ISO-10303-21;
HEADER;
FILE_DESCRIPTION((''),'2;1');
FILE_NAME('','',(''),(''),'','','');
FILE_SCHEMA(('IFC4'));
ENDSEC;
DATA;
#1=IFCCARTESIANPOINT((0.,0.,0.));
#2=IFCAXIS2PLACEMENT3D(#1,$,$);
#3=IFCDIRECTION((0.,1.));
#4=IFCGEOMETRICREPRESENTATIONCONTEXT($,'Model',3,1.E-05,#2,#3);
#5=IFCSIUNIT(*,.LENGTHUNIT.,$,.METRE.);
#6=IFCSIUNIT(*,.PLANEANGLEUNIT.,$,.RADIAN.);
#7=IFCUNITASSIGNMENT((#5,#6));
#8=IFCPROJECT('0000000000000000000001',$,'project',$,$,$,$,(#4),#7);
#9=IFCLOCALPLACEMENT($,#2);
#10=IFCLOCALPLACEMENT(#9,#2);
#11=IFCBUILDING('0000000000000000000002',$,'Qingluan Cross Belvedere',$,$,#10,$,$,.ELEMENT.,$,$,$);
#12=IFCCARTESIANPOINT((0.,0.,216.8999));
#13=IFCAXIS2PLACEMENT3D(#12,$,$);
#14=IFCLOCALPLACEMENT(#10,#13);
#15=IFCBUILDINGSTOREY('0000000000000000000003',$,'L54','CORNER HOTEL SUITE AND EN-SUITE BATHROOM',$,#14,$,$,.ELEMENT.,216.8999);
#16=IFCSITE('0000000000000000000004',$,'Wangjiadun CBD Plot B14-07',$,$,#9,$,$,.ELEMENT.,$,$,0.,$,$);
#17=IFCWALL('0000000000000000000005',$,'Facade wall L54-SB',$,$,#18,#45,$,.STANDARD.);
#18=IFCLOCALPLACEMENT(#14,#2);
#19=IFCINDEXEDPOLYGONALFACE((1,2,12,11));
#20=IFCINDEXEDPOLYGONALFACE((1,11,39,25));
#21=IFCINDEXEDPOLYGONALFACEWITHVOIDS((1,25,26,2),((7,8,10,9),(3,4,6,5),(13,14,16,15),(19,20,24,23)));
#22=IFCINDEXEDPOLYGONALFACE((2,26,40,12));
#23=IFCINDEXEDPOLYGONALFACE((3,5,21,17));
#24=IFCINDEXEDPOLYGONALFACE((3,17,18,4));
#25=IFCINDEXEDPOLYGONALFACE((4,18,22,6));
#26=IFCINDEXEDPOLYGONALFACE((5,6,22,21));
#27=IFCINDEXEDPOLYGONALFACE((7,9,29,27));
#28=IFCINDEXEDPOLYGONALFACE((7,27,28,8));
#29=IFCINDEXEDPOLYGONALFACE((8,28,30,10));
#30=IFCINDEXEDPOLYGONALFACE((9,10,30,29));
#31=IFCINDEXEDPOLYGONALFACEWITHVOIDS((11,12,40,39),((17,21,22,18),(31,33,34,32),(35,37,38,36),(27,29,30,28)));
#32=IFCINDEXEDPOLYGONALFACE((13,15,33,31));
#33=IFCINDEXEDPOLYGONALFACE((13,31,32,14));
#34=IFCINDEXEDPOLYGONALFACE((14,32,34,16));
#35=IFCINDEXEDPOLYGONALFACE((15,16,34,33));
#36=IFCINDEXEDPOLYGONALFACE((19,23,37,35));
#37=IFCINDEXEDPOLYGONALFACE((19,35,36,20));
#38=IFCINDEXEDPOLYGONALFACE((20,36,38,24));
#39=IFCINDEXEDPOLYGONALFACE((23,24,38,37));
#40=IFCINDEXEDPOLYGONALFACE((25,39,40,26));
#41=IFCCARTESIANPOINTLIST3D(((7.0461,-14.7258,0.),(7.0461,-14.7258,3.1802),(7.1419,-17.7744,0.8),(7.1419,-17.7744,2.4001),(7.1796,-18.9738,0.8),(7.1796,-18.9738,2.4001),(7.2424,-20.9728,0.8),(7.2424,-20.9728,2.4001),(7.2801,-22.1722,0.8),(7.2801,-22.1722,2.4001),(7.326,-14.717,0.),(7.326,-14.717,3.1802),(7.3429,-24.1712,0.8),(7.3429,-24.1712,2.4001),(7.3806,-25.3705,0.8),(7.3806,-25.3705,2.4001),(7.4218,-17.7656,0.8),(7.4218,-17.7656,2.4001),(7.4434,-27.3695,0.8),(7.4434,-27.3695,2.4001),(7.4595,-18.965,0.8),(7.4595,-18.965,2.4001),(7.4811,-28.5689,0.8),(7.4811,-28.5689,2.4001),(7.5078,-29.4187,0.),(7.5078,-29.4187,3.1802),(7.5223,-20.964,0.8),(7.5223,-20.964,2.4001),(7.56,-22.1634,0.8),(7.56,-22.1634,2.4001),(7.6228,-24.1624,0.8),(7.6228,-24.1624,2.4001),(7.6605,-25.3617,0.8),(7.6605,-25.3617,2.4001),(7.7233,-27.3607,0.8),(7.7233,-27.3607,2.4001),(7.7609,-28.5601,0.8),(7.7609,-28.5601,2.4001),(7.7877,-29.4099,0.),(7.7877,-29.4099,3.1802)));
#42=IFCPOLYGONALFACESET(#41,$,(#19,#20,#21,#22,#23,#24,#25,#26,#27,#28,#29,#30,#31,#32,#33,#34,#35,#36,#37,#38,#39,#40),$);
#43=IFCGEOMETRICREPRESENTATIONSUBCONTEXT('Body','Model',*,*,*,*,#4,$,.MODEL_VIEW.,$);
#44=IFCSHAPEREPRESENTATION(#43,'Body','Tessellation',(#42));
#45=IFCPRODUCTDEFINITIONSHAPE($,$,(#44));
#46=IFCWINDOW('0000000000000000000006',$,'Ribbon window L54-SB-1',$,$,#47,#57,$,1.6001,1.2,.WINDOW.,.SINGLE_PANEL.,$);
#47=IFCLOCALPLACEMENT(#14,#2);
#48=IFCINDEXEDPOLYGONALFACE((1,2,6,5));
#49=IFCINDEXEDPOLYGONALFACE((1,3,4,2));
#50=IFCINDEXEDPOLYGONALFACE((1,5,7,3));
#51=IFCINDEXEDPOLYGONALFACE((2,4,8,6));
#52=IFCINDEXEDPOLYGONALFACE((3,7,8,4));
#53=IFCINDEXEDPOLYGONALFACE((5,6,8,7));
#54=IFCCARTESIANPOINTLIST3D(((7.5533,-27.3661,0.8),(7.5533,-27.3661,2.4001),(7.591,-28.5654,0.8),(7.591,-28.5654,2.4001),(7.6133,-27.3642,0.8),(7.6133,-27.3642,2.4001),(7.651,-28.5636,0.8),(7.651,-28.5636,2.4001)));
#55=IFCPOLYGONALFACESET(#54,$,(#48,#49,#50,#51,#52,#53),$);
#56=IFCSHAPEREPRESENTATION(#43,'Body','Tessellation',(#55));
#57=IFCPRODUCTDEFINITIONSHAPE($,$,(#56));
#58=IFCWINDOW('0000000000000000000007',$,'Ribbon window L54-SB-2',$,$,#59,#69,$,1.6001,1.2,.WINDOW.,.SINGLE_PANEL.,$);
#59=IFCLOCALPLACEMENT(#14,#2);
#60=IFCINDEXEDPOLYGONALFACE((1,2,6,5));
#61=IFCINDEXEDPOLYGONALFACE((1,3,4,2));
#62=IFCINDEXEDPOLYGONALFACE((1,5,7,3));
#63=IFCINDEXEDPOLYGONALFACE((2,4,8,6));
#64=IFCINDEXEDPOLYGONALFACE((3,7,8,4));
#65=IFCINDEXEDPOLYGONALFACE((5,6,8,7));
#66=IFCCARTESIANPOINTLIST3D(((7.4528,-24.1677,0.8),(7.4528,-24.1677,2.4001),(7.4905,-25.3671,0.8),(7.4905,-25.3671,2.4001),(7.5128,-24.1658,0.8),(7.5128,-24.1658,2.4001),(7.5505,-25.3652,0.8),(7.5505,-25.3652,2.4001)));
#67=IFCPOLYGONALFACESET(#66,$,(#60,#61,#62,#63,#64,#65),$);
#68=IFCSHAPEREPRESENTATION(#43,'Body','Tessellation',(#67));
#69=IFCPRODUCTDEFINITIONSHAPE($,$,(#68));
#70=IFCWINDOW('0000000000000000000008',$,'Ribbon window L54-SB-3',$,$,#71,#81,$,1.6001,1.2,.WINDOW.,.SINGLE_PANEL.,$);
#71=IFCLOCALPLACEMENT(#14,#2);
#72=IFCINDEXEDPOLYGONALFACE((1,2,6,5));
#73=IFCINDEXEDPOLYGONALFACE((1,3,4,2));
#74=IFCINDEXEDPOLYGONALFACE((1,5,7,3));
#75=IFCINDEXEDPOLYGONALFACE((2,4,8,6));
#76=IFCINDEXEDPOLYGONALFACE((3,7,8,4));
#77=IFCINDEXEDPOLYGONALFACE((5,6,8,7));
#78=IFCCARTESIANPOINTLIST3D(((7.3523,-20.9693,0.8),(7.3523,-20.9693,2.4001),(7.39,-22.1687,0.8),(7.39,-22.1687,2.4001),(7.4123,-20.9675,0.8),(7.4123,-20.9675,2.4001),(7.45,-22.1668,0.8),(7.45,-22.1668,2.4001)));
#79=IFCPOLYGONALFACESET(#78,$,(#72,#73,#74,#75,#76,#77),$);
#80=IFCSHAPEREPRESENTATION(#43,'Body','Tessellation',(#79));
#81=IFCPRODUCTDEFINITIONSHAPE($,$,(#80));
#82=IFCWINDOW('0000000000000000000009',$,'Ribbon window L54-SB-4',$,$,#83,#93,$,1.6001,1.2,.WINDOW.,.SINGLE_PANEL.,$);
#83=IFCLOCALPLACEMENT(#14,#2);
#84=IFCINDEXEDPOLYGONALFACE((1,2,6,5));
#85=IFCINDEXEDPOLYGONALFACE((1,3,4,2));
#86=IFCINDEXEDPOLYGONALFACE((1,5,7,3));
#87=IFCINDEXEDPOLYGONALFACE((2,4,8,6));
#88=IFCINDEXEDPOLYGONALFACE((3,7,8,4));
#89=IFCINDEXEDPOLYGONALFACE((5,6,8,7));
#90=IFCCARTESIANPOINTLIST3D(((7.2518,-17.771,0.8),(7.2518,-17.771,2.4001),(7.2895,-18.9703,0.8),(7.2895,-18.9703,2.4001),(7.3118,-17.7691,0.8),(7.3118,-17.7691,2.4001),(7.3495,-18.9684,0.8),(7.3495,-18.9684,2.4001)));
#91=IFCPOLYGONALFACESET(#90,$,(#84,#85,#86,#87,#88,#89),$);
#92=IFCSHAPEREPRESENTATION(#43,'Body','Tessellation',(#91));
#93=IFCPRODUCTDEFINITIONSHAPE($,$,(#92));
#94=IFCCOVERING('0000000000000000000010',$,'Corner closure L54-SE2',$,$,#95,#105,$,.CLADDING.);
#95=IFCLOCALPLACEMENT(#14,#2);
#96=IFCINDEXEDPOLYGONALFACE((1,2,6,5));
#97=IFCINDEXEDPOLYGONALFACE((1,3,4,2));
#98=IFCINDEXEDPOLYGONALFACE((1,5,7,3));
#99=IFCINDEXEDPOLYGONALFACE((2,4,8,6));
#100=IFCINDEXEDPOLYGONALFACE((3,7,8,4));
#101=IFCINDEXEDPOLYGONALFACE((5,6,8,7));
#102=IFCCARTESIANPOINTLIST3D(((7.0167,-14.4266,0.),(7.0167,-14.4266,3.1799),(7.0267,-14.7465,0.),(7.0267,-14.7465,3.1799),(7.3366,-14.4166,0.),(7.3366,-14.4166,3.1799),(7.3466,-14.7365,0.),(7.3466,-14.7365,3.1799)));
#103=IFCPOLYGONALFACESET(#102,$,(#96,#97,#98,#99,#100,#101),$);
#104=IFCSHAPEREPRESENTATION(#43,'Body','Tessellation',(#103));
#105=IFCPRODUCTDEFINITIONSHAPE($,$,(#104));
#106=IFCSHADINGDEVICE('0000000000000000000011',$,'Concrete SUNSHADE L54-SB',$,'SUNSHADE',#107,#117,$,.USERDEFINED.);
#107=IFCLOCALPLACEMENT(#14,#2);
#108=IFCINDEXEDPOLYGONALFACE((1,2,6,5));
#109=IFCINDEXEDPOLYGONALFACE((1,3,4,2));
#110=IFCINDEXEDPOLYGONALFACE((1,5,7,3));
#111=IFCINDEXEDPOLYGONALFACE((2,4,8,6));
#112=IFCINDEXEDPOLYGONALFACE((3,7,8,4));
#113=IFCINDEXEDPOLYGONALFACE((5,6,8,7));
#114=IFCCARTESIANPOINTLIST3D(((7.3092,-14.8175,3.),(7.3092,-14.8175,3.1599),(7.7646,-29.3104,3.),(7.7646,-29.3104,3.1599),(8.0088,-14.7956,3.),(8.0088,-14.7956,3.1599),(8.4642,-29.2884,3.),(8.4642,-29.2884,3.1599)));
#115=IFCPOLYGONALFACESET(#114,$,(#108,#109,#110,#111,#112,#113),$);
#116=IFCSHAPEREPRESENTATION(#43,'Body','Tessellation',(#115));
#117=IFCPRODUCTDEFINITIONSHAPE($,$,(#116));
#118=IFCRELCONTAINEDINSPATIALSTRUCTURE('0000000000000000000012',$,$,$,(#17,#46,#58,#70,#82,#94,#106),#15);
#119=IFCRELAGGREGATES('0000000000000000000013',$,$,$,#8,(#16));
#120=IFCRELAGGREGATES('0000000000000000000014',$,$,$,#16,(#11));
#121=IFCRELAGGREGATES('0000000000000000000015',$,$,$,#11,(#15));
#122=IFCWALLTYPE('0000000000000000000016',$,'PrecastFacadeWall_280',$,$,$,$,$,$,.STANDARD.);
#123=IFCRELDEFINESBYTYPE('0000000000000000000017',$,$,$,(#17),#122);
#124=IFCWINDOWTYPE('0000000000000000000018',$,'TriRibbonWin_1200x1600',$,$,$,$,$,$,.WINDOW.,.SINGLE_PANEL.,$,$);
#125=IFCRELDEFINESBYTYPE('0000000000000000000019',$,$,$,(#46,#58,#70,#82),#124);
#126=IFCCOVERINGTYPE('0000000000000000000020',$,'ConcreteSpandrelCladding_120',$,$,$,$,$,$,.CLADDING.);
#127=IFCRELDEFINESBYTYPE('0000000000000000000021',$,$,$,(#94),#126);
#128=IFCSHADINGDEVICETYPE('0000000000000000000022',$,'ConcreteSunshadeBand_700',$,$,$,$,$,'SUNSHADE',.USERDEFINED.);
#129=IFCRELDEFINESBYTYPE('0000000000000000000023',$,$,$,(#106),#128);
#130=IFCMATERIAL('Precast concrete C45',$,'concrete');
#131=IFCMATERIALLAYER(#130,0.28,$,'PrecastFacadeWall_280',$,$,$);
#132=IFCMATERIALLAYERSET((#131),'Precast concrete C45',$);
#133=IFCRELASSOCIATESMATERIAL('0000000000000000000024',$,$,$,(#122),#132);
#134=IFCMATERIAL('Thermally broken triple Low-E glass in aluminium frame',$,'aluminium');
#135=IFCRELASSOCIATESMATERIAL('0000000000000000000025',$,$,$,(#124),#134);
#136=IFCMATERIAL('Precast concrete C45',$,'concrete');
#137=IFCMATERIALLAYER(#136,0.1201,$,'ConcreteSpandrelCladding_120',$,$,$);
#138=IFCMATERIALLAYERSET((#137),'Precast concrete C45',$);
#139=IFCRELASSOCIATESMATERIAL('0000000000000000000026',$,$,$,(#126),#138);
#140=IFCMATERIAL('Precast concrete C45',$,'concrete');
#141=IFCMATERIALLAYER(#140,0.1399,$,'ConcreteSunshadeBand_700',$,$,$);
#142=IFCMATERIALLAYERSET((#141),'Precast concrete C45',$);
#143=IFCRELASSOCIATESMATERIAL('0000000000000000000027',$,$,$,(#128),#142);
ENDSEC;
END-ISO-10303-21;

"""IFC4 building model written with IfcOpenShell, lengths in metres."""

from ifc_helpers import new_model, si_unit, direction, frame, frame_2d, origin, origin_2d, place, context, subcontext, project, spatial, rectangle, extrude, material, layer, layer_set, type_object, element, fill, save


model = new_model("IFC4")

# Units and contexts
model_context = context("Model", 3, precision=1e-05, world=origin(), true_north=direction((0.0, 1.0)))
body_context = subcontext(model_context, "Body", "Model", "MODEL_VIEW")
ifc_project = project(units=[si_unit("LENGTHUNIT", "METRE"), si_unit("PLANEANGLEUNIT", "RADIAN")], contexts=[model_context])

# Site, building, storey
site_placement = place(None, origin())
site = spatial("IfcSite", under=ifc_project, at=site_placement, Name="Wangjiadun CBD Plot B14-07", CompositionType="ELEMENT", RefElevation=0.0)
building_placement = place(site_placement, origin())
building = spatial("IfcBuilding", under=site, at=building_placement, Name="Qingluan Cross Belvedere", CompositionType="ELEMENT")
storey_placement = place(building_placement, frame((0.0, 0.0, 216.8999)))
storey = spatial("IfcBuildingStorey", under=building, at=storey_placement, Name="L54", Description="CORNER HOTEL SUITE AND EN-SUITE BATHROOM", CompositionType="ELEMENT", Elevation=216.8999)

# Wall, openings, windows
ifc_material_1 = material(Name="Precast concrete C45", Category="concrete")
ifc_layer_1 = layer(ifc_material_1, 0.28, Name="PrecastFacadeWall_280")
ifc_layer_set_1 = layer_set([ifc_layer_1], Name="Precast concrete C45")
wall_type_1 = type_object("IfcWallType", Name="PrecastFacadeWall_280", PredefinedType="STANDARD", material=ifc_layer_set_1)
wall_1_placement = place(storey_placement, frame((7.6477, -29.4143, 0.0), z_axis=(0.0, 0.0, 1.0), x_axis=(-0.031406, 0.999507, 0.0)))
wall_1 = element("IfcWall", 1, at=wall_1_placement, inside=storey, type_object=wall_type_1, Name="Facade wall L54-SB", PredefinedType="STANDARD", context=body_context, shape_type="SweptSolid", body=[
    extrude(rectangle(XDim=14.7002, YDim=0.28, at=frame_2d((7.3501, 0.0))), origin(), (0.0, 0.0, 1.0), 3.1802),
])
opening_1_placement = place(wall_1_placement, frame((0.8501, 0.0, 0.8)))
opening_1 = element("IfcOpeningElement", 2, at=opening_1_placement, cuts=wall_1, PredefinedType="OPENING", context=body_context, shape_type="SweptSolid", body=[
    extrude(rectangle(XDim=1.2, YDim=1.6001, at=frame_2d((0.6001, 0.8))), frame((0.0, 0.1499, 0.0), z_axis=(0.0, -1.0, 0.0), x_axis=(1.0, 0.0, 0.0)), (0.0, 0.0, 1.0), 0.3),
])
opening_2_placement = place(wall_1_placement, frame((4.05, 0.0, 0.8)))
opening_2 = element("IfcOpeningElement", 3, at=opening_2_placement, cuts=wall_1, PredefinedType="OPENING", context=body_context, shape_type="SweptSolid", body=[
    extrude(rectangle(XDim=1.2, YDim=1.6001, at=frame_2d((0.6001, 0.8))), frame((0.0, 0.1499, 0.0), z_axis=(0.0, -1.0, 0.0), x_axis=(1.0, 0.0, 0.0)), (0.0, 0.0, 1.0), 0.3),
])
opening_3_placement = place(wall_1_placement, frame((7.25, 0.0, 0.8)))
opening_3 = element("IfcOpeningElement", 4, at=opening_3_placement, cuts=wall_1, PredefinedType="OPENING", context=body_context, shape_type="SweptSolid", body=[
    extrude(rectangle(XDim=1.2, YDim=1.6001, at=frame_2d((0.6001, 0.8))), frame((0.0, 0.1499, 0.0), z_axis=(0.0, -1.0, 0.0), x_axis=(1.0, 0.0, 0.0)), (0.0, 0.0, 1.0), 0.3),
])
opening_4_placement = place(wall_1_placement, frame((10.45, 0.0, 0.8)))
opening_4 = element("IfcOpeningElement", 5, at=opening_4_placement, cuts=wall_1, PredefinedType="OPENING", context=body_context, shape_type="SweptSolid", body=[
    extrude(rectangle(XDim=1.2, YDim=1.6001, at=frame_2d((0.6001, 0.8))), frame((0.0, 0.1499, 0.0), z_axis=(0.0, -1.0, 0.0), x_axis=(1.0, 0.0, 0.0)), (0.0, 0.0, 1.0), 0.3),
])
ifc_material_2 = material(Name="Thermally broken triple Low-E glass in aluminium frame", Category="aluminium")
window_type = type_object("IfcWindowType", Name="TriRibbonWin_1200x1600", PartitioningType="SINGLE_PANEL", PredefinedType="WINDOW", material=ifc_material_2)
window_1_placement = place(opening_1_placement, origin())
window_1 = element("IfcWindow", 6, at=window_1_placement, inside=storey, type_object=window_type, Name="Ribbon window L54-SB-1", OverallHeight=1.6001, OverallWidth=1.2, PartitioningType="SINGLE_PANEL", PredefinedType="WINDOW", context=body_context, shape_type="SweptSolid", body=[
    extrude(rectangle(XDim=1.2, YDim=1.6001, at=frame_2d((0.6001, 0.8))), frame((0.0, 0.03, 0.0), z_axis=(0.0, -1.0, 0.0), x_axis=(1.0, 0.0, 0.0)), (0.0, 0.0, 1.0), 0.0601),
])
fill(opening_1, window_1)
window_2_placement = place(opening_2_placement, origin())
window_2 = element("IfcWindow", 7, at=window_2_placement, inside=storey, type_object=window_type, Name="Ribbon window L54-SB-2", OverallHeight=1.6001, OverallWidth=1.2, PartitioningType="SINGLE_PANEL", PredefinedType="WINDOW", context=body_context, shape_type="SweptSolid", body=[
    extrude(rectangle(XDim=1.2, YDim=1.6001, at=frame_2d((0.6001, 0.8))), frame((0.0, 0.03, 0.0), z_axis=(0.0, -1.0, 0.0), x_axis=(1.0, 0.0, 0.0)), (0.0, 0.0, 1.0), 0.0601),
])
fill(opening_2, window_2)
window_3_placement = place(opening_3_placement, origin())
window_3 = element("IfcWindow", 8, at=window_3_placement, inside=storey, type_object=window_type, Name="Ribbon window L54-SB-3", OverallHeight=1.6001, OverallWidth=1.2, PartitioningType="SINGLE_PANEL", PredefinedType="WINDOW", context=body_context, shape_type="SweptSolid", body=[
    extrude(rectangle(XDim=1.2, YDim=1.6001, at=frame_2d((0.6001, 0.8))), frame((0.0, 0.03, 0.0), z_axis=(0.0, -1.0, 0.0), x_axis=(1.0, 0.0, 0.0)), (0.0, 0.0, 1.0), 0.0601),
])
fill(opening_3, window_3)
window_4_placement = place(opening_4_placement, origin())
window_4 = element("IfcWindow", 9, at=window_4_placement, inside=storey, type_object=window_type, Name="Ribbon window L54-SB-4", OverallHeight=1.6001, OverallWidth=1.2, PartitioningType="SINGLE_PANEL", PredefinedType="WINDOW", context=body_context, shape_type="SweptSolid", body=[
    extrude(rectangle(XDim=1.2, YDim=1.6001, at=frame_2d((0.6001, 0.8))), frame((0.0, 0.03, 0.0), z_axis=(0.0, -1.0, 0.0), x_axis=(1.0, 0.0, 0.0)), (0.0, 0.0, 1.0), 0.0601),
])
fill(opening_4, window_4)

# Covering
ifc_material_3 = material(Name="Precast concrete C45", Category="concrete")
ifc_layer_2 = layer(ifc_material_3, 0.1201, Name="ConcreteSpandrelCladding_120")
ifc_layer_set_2 = layer_set([ifc_layer_2], Name="Precast concrete C45")
covering_type = type_object("IfcCoveringType", Name="ConcreteSpandrelCladding_120", PredefinedType="CLADDING", material=ifc_layer_set_2)
covering_placement = place(storey_placement, frame((7.1816, -14.5815, 0.0), z_axis=(0.0, 0.0, 1.0), x_axis=(0.999507, 0.031411, 0.0)))
element("IfcCovering", 10, at=covering_placement, inside=storey, type_object=covering_type, Name="Corner closure L54-SE2", PredefinedType="CLADDING", context=body_context, shape_type="SweptSolid", body=[
    extrude(rectangle(XDim=0.3201, YDim=0.3201, at=origin_2d()), origin(), (0.0, 0.0, 1.0), 3.1799),
])

# Shading device
ifc_material_4 = material(Name="Precast concrete C45", Category="concrete")
ifc_layer_3 = layer(ifc_material_4, 0.1399, Name="ConcreteSunshadeBand_700")
ifc_layer_set_3 = layer_set([ifc_layer_3], Name="Precast concrete C45")
shading_device_type = type_object("IfcShadingDeviceType", Name="ConcreteSunshadeBand_700", ElementType="SUNSHADE", PredefinedType="USERDEFINED", material=ifc_layer_set_3)
shading_device_placement = place(storey_placement, frame((7.8867, -22.053, 3.0), z_axis=(0.0, 0.0, 1.0), x_axis=(-0.031408, 0.999507, 0.0)))
element("IfcShadingDevice", 11, at=shading_device_placement, inside=storey, type_object=shading_device_type, Name="Concrete SUNSHADE L54-SB", ObjectType="SUNSHADE", PredefinedType="USERDEFINED", context=body_context, shape_type="SweptSolid", body=[
    extrude(rectangle(XDim=14.5, YDim=0.7, at=origin_2d()), origin(), (0.0, 0.0, 1.0), 0.1599),
])

save(model, "model.ifc")
